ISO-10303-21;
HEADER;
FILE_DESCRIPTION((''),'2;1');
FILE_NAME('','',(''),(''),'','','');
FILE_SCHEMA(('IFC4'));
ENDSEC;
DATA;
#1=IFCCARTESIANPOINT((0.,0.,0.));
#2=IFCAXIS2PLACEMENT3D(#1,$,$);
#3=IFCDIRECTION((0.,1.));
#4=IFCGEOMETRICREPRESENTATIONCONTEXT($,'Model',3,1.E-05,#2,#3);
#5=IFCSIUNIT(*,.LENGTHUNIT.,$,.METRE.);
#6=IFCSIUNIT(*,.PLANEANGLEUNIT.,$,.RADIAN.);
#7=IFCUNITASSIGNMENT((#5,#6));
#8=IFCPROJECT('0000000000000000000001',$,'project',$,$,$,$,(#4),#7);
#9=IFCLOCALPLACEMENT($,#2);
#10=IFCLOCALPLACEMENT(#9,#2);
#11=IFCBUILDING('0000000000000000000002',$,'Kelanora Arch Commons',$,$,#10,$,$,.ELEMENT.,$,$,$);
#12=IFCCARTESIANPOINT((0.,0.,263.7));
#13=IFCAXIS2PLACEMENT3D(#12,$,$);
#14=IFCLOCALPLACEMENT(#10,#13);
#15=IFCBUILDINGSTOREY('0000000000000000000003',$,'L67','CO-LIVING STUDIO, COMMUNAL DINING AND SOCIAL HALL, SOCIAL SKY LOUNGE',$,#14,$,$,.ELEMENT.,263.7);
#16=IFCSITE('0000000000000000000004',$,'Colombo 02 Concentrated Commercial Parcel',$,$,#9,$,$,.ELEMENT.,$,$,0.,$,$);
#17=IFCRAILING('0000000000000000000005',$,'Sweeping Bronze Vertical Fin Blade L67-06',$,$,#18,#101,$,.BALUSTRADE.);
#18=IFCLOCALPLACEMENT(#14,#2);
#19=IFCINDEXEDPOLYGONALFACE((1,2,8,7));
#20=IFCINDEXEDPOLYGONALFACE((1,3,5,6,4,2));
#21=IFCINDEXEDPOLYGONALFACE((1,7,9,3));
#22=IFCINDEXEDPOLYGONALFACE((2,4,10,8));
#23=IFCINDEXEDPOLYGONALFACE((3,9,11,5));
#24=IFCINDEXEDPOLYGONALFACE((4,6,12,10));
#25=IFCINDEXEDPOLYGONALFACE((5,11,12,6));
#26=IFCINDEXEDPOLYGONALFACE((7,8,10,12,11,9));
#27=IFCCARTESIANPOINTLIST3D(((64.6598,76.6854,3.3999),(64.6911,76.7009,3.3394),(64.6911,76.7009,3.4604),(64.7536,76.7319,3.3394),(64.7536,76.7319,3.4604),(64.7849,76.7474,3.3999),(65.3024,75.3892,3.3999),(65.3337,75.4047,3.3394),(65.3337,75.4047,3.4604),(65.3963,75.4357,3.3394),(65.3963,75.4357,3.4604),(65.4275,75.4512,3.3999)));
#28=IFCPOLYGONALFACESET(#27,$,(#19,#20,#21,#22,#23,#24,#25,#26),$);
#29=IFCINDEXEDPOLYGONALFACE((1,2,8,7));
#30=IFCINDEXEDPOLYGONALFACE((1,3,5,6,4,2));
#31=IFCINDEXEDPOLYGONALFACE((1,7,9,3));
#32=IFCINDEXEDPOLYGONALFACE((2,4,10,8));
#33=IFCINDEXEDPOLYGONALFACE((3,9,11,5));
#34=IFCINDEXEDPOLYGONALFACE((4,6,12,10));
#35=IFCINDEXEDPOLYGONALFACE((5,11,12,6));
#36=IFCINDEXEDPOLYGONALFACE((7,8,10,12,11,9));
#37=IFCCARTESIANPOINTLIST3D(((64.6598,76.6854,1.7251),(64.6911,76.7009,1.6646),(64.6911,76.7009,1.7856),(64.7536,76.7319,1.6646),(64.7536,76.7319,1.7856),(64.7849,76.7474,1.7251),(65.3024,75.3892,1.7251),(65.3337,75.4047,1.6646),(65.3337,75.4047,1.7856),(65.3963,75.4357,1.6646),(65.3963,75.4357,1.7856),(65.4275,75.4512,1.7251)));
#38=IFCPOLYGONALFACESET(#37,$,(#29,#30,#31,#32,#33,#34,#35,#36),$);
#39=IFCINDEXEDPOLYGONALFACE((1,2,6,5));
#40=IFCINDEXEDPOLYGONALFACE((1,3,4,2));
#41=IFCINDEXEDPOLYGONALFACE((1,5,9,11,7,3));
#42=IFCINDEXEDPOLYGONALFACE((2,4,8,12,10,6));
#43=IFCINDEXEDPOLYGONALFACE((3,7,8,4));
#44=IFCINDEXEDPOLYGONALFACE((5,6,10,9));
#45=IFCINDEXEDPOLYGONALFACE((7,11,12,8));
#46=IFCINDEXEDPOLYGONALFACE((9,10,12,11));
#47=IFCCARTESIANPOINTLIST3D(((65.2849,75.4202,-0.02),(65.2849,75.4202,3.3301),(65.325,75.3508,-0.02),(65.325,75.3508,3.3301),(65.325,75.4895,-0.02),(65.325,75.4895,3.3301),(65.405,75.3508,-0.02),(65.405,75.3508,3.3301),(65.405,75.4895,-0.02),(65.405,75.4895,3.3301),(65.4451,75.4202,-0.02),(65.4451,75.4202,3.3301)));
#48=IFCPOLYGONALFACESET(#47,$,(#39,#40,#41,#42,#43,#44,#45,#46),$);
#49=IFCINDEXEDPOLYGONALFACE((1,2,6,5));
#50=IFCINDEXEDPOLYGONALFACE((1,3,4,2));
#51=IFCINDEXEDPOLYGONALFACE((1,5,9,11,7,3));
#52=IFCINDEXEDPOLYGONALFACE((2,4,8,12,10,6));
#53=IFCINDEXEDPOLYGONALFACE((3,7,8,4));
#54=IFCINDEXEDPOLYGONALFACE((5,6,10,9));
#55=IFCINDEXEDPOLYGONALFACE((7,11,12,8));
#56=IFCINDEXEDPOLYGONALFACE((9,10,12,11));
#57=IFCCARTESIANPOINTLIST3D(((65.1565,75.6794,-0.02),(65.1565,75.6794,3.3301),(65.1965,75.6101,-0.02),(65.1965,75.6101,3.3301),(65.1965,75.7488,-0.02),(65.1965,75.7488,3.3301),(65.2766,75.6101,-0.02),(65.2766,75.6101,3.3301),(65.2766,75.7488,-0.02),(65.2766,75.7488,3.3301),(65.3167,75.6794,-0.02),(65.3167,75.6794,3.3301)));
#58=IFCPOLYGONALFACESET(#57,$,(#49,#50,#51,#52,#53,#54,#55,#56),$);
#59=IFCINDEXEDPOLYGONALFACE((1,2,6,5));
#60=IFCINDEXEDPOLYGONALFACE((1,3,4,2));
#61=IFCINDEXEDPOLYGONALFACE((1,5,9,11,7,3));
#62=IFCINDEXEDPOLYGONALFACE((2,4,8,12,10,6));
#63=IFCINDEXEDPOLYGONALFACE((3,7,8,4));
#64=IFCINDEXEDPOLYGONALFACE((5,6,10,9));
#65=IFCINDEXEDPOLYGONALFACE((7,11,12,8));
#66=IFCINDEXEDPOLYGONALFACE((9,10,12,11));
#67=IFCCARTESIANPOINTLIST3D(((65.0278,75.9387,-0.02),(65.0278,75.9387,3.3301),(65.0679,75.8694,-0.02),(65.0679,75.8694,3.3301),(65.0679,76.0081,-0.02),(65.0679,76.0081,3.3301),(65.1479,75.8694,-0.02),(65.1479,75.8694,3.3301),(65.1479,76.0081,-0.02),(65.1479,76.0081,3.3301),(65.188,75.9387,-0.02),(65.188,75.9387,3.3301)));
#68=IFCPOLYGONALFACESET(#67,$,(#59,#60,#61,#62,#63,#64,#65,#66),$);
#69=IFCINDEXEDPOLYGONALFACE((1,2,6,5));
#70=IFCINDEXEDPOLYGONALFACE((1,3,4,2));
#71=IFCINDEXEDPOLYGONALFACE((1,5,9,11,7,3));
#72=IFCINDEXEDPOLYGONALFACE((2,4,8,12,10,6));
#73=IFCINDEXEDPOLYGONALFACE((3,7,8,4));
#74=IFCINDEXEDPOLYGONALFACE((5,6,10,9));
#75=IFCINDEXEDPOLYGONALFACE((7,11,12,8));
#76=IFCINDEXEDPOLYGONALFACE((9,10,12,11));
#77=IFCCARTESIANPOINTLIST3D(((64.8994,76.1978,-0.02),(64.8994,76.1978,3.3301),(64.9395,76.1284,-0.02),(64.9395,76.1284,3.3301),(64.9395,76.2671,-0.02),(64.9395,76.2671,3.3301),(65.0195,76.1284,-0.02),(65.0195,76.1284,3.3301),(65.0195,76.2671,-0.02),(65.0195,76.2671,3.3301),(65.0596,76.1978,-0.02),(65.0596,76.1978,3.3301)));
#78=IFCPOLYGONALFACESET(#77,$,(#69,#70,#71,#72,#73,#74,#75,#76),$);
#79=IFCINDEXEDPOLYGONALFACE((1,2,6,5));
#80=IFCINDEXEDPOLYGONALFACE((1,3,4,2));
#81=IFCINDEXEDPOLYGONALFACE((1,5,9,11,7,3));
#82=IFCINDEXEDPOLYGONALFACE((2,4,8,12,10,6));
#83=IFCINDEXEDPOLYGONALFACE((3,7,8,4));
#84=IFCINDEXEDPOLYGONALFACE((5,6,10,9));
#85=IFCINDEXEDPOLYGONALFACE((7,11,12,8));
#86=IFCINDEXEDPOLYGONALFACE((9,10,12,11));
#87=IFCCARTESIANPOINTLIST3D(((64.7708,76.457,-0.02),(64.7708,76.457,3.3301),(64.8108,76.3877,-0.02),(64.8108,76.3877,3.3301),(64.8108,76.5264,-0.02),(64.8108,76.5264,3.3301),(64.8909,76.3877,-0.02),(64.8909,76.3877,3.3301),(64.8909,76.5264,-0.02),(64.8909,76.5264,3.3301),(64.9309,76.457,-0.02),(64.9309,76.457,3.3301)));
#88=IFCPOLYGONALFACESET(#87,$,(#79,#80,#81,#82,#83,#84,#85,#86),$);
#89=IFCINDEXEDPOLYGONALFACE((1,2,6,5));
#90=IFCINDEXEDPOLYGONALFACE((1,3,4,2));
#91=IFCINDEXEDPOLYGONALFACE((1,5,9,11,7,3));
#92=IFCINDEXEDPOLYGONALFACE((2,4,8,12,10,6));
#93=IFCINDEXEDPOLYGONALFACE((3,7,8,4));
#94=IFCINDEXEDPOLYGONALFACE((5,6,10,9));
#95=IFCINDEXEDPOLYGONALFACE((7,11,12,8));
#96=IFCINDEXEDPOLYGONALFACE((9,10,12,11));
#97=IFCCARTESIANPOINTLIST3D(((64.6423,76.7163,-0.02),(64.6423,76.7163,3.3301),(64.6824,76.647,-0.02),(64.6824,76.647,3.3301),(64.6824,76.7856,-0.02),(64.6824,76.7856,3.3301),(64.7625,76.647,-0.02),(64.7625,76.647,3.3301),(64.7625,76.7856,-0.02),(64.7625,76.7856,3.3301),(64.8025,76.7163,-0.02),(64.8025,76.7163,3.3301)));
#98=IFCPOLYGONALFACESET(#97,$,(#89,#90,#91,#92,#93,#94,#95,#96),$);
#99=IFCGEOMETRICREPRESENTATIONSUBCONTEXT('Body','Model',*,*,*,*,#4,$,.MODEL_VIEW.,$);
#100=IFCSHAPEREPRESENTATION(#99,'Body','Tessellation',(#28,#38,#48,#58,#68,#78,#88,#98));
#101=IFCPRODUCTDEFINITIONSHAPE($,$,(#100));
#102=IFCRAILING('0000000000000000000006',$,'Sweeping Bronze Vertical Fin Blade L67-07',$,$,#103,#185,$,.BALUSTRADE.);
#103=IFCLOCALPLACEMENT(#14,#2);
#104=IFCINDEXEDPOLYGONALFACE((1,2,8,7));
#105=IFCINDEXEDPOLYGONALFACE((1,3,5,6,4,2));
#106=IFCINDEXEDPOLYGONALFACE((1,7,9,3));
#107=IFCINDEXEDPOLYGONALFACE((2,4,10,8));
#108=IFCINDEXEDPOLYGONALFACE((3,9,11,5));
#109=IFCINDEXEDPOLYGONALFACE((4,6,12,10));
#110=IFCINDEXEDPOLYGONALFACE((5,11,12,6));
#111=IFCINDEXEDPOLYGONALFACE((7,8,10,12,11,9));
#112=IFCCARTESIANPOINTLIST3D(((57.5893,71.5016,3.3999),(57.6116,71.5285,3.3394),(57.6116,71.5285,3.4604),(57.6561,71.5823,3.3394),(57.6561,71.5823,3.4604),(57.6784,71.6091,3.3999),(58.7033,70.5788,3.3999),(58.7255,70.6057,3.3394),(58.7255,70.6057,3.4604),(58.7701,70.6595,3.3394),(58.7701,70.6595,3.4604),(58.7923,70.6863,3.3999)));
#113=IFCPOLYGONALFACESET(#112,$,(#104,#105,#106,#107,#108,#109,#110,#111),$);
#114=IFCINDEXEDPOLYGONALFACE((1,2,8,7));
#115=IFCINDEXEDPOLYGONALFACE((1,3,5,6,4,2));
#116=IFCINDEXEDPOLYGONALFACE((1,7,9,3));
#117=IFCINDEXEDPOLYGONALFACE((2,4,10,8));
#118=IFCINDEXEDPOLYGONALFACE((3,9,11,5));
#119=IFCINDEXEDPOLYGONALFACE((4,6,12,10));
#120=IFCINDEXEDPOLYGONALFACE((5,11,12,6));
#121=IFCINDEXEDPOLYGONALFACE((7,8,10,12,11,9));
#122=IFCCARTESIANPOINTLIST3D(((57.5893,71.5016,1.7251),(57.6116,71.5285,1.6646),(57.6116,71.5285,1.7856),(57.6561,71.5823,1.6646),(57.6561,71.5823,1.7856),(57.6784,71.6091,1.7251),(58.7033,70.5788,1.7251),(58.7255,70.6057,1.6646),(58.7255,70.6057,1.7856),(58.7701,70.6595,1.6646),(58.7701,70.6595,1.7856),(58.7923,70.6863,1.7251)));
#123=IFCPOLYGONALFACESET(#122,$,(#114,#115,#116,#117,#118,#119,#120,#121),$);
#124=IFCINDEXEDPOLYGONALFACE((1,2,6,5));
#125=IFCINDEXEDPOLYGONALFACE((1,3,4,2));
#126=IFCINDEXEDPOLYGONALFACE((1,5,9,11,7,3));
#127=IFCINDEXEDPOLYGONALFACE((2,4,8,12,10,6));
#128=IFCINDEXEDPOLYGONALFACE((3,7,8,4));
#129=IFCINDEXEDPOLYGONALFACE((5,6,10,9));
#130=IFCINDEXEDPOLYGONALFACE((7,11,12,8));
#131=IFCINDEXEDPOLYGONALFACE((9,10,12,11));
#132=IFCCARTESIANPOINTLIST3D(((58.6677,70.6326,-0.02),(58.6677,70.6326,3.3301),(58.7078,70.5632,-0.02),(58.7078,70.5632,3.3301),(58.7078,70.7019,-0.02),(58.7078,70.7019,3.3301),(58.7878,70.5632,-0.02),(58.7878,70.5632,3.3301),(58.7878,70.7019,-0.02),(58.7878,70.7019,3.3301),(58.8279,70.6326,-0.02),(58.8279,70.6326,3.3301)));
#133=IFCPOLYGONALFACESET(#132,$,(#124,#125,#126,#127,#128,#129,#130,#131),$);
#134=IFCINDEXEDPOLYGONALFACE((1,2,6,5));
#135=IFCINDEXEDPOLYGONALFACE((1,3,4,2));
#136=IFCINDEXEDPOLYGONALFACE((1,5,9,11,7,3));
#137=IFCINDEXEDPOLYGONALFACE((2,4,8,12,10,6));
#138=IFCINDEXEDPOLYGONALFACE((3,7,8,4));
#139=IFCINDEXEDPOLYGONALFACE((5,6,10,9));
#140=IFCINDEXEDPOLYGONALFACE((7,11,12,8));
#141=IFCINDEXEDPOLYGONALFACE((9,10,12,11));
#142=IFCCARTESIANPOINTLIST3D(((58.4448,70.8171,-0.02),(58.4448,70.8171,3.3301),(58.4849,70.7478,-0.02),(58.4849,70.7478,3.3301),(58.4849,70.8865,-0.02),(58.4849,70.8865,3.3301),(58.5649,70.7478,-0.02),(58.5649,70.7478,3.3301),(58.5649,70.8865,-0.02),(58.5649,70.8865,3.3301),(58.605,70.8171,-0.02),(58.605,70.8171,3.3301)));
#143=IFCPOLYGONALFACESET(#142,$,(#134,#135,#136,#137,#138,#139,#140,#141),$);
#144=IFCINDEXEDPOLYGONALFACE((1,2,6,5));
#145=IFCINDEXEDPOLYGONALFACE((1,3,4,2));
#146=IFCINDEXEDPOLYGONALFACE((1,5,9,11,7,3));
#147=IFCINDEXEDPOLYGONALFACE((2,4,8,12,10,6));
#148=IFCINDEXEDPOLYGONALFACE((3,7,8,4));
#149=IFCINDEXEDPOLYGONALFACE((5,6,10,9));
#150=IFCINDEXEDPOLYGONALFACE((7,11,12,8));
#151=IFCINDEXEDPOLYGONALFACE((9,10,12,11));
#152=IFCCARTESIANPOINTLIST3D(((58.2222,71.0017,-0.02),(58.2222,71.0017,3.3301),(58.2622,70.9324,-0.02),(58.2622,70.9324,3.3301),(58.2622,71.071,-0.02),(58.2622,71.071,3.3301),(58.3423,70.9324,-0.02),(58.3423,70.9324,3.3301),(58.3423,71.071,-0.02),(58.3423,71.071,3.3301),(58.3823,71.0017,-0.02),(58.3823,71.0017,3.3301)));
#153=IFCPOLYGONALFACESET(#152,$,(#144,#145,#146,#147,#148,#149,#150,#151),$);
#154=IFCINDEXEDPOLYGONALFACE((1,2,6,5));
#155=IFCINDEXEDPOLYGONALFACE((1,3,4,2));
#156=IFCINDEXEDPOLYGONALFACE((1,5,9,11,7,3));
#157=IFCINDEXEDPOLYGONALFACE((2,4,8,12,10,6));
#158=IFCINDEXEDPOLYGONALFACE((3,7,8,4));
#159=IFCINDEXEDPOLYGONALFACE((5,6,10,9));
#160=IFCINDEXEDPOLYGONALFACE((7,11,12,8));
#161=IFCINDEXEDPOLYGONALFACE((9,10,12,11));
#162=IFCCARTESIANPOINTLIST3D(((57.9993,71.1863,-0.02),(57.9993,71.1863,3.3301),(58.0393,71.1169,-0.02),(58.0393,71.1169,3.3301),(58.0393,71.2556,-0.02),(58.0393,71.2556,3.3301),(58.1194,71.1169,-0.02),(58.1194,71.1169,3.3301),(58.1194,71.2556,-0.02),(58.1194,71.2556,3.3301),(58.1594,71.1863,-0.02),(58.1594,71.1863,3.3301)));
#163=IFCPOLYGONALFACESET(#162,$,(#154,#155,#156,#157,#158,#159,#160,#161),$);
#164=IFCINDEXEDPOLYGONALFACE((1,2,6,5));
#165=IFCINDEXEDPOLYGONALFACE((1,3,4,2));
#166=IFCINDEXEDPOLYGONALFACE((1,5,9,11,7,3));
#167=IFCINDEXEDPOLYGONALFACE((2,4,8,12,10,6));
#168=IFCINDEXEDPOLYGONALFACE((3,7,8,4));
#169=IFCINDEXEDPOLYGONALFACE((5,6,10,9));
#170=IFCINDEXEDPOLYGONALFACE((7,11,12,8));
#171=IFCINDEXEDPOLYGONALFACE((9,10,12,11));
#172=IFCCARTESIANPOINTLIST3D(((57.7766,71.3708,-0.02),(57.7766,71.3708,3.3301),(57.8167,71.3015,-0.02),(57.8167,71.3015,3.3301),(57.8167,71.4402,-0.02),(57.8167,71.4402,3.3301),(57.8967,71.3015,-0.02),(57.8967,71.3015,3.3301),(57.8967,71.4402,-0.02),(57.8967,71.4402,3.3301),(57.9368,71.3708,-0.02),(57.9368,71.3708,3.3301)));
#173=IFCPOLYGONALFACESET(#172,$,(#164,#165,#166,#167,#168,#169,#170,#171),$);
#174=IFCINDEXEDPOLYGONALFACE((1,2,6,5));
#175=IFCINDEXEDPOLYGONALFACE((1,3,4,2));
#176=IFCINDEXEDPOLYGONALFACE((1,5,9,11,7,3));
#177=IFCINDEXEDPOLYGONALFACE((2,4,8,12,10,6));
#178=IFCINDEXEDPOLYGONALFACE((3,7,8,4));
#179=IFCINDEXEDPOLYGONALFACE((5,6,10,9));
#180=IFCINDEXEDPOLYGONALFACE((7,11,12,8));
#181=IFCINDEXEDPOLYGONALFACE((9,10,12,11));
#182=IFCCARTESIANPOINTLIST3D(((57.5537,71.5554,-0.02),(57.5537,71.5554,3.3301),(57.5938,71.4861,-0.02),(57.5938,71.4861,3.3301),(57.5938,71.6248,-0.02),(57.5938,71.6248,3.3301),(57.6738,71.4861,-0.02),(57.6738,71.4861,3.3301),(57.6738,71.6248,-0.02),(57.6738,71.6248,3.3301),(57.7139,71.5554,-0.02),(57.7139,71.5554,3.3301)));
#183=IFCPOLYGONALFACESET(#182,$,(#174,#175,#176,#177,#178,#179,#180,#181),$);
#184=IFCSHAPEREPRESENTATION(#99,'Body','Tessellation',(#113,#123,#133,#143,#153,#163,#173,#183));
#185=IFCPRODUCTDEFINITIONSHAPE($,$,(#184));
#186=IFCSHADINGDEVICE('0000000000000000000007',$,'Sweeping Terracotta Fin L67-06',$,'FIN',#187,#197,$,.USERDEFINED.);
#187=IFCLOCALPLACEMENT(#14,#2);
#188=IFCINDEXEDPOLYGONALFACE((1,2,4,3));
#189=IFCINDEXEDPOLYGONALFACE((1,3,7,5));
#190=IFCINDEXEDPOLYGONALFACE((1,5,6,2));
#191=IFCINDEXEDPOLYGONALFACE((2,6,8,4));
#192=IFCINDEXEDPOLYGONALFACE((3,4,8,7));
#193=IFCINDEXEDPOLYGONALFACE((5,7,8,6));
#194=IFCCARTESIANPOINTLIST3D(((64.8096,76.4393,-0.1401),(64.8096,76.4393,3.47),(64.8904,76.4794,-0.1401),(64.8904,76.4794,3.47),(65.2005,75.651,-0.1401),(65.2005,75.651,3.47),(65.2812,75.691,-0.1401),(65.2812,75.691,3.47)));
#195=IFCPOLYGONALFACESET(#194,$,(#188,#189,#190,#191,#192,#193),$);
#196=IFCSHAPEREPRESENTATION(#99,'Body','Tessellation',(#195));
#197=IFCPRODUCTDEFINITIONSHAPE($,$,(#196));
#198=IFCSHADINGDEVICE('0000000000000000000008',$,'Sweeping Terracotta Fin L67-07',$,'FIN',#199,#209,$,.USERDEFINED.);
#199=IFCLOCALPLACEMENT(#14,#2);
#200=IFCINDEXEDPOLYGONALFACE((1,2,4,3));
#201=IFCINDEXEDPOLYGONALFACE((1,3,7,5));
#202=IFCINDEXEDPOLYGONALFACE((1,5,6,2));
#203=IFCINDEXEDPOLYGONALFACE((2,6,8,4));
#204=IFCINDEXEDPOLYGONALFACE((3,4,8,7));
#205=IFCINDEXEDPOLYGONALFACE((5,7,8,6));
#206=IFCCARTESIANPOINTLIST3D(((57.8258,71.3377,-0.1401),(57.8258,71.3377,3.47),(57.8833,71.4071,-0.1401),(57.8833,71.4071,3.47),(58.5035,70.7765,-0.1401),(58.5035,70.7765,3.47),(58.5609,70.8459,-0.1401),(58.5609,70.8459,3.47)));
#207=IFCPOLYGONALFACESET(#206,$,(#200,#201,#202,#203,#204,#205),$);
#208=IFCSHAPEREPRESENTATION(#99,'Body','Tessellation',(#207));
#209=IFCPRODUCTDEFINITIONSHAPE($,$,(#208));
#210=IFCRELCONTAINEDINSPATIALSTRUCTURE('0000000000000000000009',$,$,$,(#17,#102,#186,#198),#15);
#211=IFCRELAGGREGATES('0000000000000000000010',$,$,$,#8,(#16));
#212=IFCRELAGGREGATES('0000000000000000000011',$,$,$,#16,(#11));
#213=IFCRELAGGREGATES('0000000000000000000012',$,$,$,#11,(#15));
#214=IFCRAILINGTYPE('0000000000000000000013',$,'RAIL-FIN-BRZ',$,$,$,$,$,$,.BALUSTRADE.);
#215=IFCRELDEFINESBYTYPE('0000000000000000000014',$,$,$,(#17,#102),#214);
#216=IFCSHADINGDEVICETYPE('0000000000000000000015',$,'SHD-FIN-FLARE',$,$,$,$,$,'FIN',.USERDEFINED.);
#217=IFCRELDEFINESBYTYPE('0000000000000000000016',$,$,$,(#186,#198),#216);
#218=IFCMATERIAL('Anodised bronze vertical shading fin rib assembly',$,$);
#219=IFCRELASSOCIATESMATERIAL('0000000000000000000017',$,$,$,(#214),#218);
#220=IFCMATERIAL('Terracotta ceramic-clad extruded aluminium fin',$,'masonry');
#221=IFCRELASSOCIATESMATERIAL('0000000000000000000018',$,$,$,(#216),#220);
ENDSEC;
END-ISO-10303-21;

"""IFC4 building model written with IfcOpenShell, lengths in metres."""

from ifc_helpers import new_model, si_unit, direction, frame, origin, origin_2d, place, context, subcontext, project, spatial, polyline, rectangle, outline, extrude, source, transform, mapped, material, type_object, element, save


model = new_model("IFC4")

# Units and contexts
model_context = context("Model", 3, precision=1e-05, world=origin(), true_north=direction((0.0, 1.0)))
body_context = subcontext(model_context, "Body", "Model", "MODEL_VIEW")
ifc_project = project(units=[si_unit("LENGTHUNIT", "METRE"), si_unit("PLANEANGLEUNIT", "RADIAN")], contexts=[model_context])

# Site, building, storey
site_placement = place(None, origin())
site = spatial("IfcSite", under=ifc_project, at=site_placement, Name="Colombo 02 Concentrated Commercial Parcel", CompositionType="ELEMENT", RefElevation=0.0)
building_placement = place(site_placement, origin())
building = spatial("IfcBuilding", under=site, at=building_placement, Name="Kelanora Arch Commons", CompositionType="ELEMENT")
storey_placement = place(building_placement, frame((0.0, 0.0, 263.7)))
storey = spatial("IfcBuildingStorey", under=building, at=storey_placement, Name="L67", Description="CO-LIVING STUDIO, COMMUNAL DINING AND SOCIAL HALL, SOCIAL SKY LOUNGE", CompositionType="ELEMENT", Elevation=263.7)

# Railings
ifc_material_1 = material(Name="Anodised bronze vertical shading fin rib assembly")
railing_type = type_object("IfcRailingType", Name="RAIL-FIN-BRZ", PredefinedType="BALUSTRADE", material=ifc_material_1)
railing_1_placement = place(storey_placement, frame((65.365, 75.4202, -0.02)))
element("IfcRailing", 1, at=railing_1_placement, inside=storey, type_object=railing_type, Name="Sweeping Bronze Vertical Fin Blade L67-06", PredefinedType="BALUSTRADE", context=body_context, shape_type="SweptSolid", body=[
    extrude(outline(polyline([(0.0698, 0.0), (0.0349, 0.0605), (-0.0349, 0.0605), (-0.0698, 0.0), (-0.0349, -0.0605), (0.0349, -0.0605), (0.0698, 0.0)])), frame((0.0, 0.0, 3.4199), z_axis=(-0.444173, 0.895941, 0.0), x_axis=(-0.895941, -0.444173, 0.0)), (0.0, 0.0, 1.0), 1.4468),
    extrude(outline(polyline([(0.0698, 0.0), (0.0349, 0.0605), (-0.0349, 0.0605), (-0.0698, 0.0), (-0.0349, -0.0605), (0.0349, -0.0605), (0.0698, 0.0)])), frame((0.0, 0.0, 1.7451), z_axis=(-0.444173, 0.895941, 0.0), x_axis=(-0.895941, -0.444173, 0.0)), (0.0, 0.0, 1.0), 1.4468),
    extrude(outline(polyline([(0.0801, 0.0), (0.04, 0.0693), (-0.04, 0.0693), (-0.0801, 0.0), (-0.04, -0.0693), (0.04, -0.0693), (0.0801, 0.0)])), origin(), (0.0, 0.0, 1.0), 3.3501),
    extrude(outline(polyline([(0.0801, 0.0), (0.04, 0.0693), (-0.04, 0.0693), (-0.0801, 0.0), (-0.04, -0.0693), (0.04, -0.0693), (0.0801, 0.0)])), frame((-0.1284, 0.2593, 0.0)), (0.0, 0.0, 1.0), 3.3501),
    extrude(outline(polyline([(0.0801, 0.0), (0.04, 0.0693), (-0.04, 0.0693), (-0.0801, 0.0), (-0.04, -0.0693), (0.04, -0.0693), (0.0801, 0.0)])), frame((-0.2571, 0.5186, 0.0)), (0.0, 0.0, 1.0), 3.3501),
    extrude(outline(polyline([(0.0801, 0.0), (0.04, 0.0693), (-0.04, 0.0693), (-0.0801, 0.0), (-0.04, -0.0693), (0.04, -0.0693), (0.0801, 0.0)])), frame((-0.3855, 0.7776, 0.0)), (0.0, 0.0, 1.0), 3.3501),
    extrude(outline(polyline([(0.0801, 0.0), (0.04, 0.0693), (-0.04, 0.0693), (-0.0801, 0.0), (-0.04, -0.0693), (0.04, -0.0693), (0.0801, 0.0)])), frame((-0.5142, 1.0369, 0.0)), (0.0, 0.0, 1.0), 3.3501),
    extrude(outline(polyline([(0.0801, 0.0), (0.04, 0.0693), (-0.04, 0.0693), (-0.0801, 0.0), (-0.04, -0.0693), (0.04, -0.0693), (0.0801, 0.0)])), frame((-0.6426, 1.2961, 0.0)), (0.0, 0.0, 1.0), 3.3501),
])
railing_2_placement = place(storey_placement, frame((58.7478, 70.6326, -0.02)))
element("IfcRailing", 2, at=railing_2_placement, inside=storey, type_object=railing_type, Name="Sweeping Bronze Vertical Fin Blade L67-07", PredefinedType="BALUSTRADE", context=body_context, shape_type="SweptSolid", body=[
    extrude(outline(polyline([(0.0698, 0.0), (0.0349, 0.0605), (-0.0349, 0.0605), (-0.0698, 0.0), (-0.0349, -0.0605), (0.0349, -0.0605), (0.0698, 0.0)])), frame((0.0, 0.0, 3.4199), z_axis=(-0.770086, 0.637941, 0.0), x_axis=(-0.637941, -0.770086, 0.0)), (0.0, 0.0, 1.0), 1.4465),
    extrude(outline(polyline([(0.0698, 0.0), (0.0349, 0.0605), (-0.0349, 0.0605), (-0.0698, 0.0), (-0.0349, -0.0605), (0.0349, -0.0605), (0.0698, 0.0)])), frame((0.0, 0.0, 1.7451), z_axis=(-0.770086, 0.637941, 0.0), x_axis=(-0.637941, -0.770086, 0.0)), (0.0, 0.0, 1.0), 1.4465),
    extrude(outline(polyline([(0.0801, 0.0), (0.04, 0.0693), (-0.04, 0.0693), (-0.0801, 0.0), (-0.04, -0.0693), (0.04, -0.0693), (0.0801, 0.0)])), origin(), (0.0, 0.0, 1.0), 3.3501),
    extrude(outline(polyline([(0.0801, 0.0), (0.04, 0.0693), (-0.04, 0.0693), (-0.0801, 0.0), (-0.04, -0.0693), (0.04, -0.0693), (0.0801, 0.0)])), frame((-0.2229, 0.1846, 0.0)), (0.0, 0.0, 1.0), 3.3501),
    extrude(outline(polyline([(0.0801, 0.0), (0.04, 0.0693), (-0.04, 0.0693), (-0.0801, 0.0), (-0.04, -0.0693), (0.04, -0.0693), (0.0801, 0.0)])), frame((-0.4456, 0.3691, 0.0)), (0.0, 0.0, 1.0), 3.3501),
    extrude(outline(polyline([(0.0801, 0.0), (0.04, 0.0693), (-0.04, 0.0693), (-0.0801, 0.0), (-0.04, -0.0693), (0.04, -0.0693), (0.0801, 0.0)])), frame((-0.6685, 0.5537, 0.0)), (0.0, 0.0, 1.0), 3.3501),
    extrude(outline(polyline([(0.0801, 0.0), (0.04, 0.0693), (-0.04, 0.0693), (-0.0801, 0.0), (-0.04, -0.0693), (0.04, -0.0693), (0.0801, 0.0)])), frame((-0.8911, 0.7383, 0.0)), (0.0, 0.0, 1.0), 3.3501),
    extrude(outline(polyline([(0.0801, 0.0), (0.04, 0.0693), (-0.04, 0.0693), (-0.0801, 0.0), (-0.04, -0.0693), (0.04, -0.0693), (0.0801, 0.0)])), frame((-1.114, 0.9229, 0.0)), (0.0, 0.0, 1.0), 3.3501),
])

# Shading devices
ifc_material_2 = material(Name="Terracotta ceramic-clad extruded aluminium fin", Category="masonry")
shading_device_type = type_object("IfcShadingDeviceType", Name="SHD-FIN-FLARE", ElementType="FIN", PredefinedType="USERDEFINED", material=ifc_material_2)
shared_shape_1 = source(origin(), body_context, "Body", "SweptSolid", [
    extrude(rectangle(XDim=0.8799, YDim=0.0901, at=origin_2d()), origin(), (0.0, 0.0, 1.0), 3.6101),
])
for number, where, z_axis, x_axis, name in (
    (3, (65.0454, 76.0652, -0.1401), (0.0, 0.0, 1.0), (-0.444166, 0.895944, 0.0), "Sweeping Terracotta Fin L67-06"),
    (4, (58.1934, 71.0918, -0.1401), (0.0, 0.0, 1.0), (-0.770179, 0.637827, 0.0), "Sweeping Terracotta Fin L67-07"),
):
    element("IfcShadingDevice", number, at=place(storey_placement, frame(where, z_axis=z_axis, x_axis=x_axis)), inside=storey, type_object=shading_device_type, Name=name, ObjectType="FIN", PredefinedType="USERDEFINED", context=body_context, shape_type="MappedRepresentation", body=[
        mapped(shared_shape_1, transform((0.0, 0.0, 0.0), scale=1.0)),
    ])

save(model, "model.ifc")
